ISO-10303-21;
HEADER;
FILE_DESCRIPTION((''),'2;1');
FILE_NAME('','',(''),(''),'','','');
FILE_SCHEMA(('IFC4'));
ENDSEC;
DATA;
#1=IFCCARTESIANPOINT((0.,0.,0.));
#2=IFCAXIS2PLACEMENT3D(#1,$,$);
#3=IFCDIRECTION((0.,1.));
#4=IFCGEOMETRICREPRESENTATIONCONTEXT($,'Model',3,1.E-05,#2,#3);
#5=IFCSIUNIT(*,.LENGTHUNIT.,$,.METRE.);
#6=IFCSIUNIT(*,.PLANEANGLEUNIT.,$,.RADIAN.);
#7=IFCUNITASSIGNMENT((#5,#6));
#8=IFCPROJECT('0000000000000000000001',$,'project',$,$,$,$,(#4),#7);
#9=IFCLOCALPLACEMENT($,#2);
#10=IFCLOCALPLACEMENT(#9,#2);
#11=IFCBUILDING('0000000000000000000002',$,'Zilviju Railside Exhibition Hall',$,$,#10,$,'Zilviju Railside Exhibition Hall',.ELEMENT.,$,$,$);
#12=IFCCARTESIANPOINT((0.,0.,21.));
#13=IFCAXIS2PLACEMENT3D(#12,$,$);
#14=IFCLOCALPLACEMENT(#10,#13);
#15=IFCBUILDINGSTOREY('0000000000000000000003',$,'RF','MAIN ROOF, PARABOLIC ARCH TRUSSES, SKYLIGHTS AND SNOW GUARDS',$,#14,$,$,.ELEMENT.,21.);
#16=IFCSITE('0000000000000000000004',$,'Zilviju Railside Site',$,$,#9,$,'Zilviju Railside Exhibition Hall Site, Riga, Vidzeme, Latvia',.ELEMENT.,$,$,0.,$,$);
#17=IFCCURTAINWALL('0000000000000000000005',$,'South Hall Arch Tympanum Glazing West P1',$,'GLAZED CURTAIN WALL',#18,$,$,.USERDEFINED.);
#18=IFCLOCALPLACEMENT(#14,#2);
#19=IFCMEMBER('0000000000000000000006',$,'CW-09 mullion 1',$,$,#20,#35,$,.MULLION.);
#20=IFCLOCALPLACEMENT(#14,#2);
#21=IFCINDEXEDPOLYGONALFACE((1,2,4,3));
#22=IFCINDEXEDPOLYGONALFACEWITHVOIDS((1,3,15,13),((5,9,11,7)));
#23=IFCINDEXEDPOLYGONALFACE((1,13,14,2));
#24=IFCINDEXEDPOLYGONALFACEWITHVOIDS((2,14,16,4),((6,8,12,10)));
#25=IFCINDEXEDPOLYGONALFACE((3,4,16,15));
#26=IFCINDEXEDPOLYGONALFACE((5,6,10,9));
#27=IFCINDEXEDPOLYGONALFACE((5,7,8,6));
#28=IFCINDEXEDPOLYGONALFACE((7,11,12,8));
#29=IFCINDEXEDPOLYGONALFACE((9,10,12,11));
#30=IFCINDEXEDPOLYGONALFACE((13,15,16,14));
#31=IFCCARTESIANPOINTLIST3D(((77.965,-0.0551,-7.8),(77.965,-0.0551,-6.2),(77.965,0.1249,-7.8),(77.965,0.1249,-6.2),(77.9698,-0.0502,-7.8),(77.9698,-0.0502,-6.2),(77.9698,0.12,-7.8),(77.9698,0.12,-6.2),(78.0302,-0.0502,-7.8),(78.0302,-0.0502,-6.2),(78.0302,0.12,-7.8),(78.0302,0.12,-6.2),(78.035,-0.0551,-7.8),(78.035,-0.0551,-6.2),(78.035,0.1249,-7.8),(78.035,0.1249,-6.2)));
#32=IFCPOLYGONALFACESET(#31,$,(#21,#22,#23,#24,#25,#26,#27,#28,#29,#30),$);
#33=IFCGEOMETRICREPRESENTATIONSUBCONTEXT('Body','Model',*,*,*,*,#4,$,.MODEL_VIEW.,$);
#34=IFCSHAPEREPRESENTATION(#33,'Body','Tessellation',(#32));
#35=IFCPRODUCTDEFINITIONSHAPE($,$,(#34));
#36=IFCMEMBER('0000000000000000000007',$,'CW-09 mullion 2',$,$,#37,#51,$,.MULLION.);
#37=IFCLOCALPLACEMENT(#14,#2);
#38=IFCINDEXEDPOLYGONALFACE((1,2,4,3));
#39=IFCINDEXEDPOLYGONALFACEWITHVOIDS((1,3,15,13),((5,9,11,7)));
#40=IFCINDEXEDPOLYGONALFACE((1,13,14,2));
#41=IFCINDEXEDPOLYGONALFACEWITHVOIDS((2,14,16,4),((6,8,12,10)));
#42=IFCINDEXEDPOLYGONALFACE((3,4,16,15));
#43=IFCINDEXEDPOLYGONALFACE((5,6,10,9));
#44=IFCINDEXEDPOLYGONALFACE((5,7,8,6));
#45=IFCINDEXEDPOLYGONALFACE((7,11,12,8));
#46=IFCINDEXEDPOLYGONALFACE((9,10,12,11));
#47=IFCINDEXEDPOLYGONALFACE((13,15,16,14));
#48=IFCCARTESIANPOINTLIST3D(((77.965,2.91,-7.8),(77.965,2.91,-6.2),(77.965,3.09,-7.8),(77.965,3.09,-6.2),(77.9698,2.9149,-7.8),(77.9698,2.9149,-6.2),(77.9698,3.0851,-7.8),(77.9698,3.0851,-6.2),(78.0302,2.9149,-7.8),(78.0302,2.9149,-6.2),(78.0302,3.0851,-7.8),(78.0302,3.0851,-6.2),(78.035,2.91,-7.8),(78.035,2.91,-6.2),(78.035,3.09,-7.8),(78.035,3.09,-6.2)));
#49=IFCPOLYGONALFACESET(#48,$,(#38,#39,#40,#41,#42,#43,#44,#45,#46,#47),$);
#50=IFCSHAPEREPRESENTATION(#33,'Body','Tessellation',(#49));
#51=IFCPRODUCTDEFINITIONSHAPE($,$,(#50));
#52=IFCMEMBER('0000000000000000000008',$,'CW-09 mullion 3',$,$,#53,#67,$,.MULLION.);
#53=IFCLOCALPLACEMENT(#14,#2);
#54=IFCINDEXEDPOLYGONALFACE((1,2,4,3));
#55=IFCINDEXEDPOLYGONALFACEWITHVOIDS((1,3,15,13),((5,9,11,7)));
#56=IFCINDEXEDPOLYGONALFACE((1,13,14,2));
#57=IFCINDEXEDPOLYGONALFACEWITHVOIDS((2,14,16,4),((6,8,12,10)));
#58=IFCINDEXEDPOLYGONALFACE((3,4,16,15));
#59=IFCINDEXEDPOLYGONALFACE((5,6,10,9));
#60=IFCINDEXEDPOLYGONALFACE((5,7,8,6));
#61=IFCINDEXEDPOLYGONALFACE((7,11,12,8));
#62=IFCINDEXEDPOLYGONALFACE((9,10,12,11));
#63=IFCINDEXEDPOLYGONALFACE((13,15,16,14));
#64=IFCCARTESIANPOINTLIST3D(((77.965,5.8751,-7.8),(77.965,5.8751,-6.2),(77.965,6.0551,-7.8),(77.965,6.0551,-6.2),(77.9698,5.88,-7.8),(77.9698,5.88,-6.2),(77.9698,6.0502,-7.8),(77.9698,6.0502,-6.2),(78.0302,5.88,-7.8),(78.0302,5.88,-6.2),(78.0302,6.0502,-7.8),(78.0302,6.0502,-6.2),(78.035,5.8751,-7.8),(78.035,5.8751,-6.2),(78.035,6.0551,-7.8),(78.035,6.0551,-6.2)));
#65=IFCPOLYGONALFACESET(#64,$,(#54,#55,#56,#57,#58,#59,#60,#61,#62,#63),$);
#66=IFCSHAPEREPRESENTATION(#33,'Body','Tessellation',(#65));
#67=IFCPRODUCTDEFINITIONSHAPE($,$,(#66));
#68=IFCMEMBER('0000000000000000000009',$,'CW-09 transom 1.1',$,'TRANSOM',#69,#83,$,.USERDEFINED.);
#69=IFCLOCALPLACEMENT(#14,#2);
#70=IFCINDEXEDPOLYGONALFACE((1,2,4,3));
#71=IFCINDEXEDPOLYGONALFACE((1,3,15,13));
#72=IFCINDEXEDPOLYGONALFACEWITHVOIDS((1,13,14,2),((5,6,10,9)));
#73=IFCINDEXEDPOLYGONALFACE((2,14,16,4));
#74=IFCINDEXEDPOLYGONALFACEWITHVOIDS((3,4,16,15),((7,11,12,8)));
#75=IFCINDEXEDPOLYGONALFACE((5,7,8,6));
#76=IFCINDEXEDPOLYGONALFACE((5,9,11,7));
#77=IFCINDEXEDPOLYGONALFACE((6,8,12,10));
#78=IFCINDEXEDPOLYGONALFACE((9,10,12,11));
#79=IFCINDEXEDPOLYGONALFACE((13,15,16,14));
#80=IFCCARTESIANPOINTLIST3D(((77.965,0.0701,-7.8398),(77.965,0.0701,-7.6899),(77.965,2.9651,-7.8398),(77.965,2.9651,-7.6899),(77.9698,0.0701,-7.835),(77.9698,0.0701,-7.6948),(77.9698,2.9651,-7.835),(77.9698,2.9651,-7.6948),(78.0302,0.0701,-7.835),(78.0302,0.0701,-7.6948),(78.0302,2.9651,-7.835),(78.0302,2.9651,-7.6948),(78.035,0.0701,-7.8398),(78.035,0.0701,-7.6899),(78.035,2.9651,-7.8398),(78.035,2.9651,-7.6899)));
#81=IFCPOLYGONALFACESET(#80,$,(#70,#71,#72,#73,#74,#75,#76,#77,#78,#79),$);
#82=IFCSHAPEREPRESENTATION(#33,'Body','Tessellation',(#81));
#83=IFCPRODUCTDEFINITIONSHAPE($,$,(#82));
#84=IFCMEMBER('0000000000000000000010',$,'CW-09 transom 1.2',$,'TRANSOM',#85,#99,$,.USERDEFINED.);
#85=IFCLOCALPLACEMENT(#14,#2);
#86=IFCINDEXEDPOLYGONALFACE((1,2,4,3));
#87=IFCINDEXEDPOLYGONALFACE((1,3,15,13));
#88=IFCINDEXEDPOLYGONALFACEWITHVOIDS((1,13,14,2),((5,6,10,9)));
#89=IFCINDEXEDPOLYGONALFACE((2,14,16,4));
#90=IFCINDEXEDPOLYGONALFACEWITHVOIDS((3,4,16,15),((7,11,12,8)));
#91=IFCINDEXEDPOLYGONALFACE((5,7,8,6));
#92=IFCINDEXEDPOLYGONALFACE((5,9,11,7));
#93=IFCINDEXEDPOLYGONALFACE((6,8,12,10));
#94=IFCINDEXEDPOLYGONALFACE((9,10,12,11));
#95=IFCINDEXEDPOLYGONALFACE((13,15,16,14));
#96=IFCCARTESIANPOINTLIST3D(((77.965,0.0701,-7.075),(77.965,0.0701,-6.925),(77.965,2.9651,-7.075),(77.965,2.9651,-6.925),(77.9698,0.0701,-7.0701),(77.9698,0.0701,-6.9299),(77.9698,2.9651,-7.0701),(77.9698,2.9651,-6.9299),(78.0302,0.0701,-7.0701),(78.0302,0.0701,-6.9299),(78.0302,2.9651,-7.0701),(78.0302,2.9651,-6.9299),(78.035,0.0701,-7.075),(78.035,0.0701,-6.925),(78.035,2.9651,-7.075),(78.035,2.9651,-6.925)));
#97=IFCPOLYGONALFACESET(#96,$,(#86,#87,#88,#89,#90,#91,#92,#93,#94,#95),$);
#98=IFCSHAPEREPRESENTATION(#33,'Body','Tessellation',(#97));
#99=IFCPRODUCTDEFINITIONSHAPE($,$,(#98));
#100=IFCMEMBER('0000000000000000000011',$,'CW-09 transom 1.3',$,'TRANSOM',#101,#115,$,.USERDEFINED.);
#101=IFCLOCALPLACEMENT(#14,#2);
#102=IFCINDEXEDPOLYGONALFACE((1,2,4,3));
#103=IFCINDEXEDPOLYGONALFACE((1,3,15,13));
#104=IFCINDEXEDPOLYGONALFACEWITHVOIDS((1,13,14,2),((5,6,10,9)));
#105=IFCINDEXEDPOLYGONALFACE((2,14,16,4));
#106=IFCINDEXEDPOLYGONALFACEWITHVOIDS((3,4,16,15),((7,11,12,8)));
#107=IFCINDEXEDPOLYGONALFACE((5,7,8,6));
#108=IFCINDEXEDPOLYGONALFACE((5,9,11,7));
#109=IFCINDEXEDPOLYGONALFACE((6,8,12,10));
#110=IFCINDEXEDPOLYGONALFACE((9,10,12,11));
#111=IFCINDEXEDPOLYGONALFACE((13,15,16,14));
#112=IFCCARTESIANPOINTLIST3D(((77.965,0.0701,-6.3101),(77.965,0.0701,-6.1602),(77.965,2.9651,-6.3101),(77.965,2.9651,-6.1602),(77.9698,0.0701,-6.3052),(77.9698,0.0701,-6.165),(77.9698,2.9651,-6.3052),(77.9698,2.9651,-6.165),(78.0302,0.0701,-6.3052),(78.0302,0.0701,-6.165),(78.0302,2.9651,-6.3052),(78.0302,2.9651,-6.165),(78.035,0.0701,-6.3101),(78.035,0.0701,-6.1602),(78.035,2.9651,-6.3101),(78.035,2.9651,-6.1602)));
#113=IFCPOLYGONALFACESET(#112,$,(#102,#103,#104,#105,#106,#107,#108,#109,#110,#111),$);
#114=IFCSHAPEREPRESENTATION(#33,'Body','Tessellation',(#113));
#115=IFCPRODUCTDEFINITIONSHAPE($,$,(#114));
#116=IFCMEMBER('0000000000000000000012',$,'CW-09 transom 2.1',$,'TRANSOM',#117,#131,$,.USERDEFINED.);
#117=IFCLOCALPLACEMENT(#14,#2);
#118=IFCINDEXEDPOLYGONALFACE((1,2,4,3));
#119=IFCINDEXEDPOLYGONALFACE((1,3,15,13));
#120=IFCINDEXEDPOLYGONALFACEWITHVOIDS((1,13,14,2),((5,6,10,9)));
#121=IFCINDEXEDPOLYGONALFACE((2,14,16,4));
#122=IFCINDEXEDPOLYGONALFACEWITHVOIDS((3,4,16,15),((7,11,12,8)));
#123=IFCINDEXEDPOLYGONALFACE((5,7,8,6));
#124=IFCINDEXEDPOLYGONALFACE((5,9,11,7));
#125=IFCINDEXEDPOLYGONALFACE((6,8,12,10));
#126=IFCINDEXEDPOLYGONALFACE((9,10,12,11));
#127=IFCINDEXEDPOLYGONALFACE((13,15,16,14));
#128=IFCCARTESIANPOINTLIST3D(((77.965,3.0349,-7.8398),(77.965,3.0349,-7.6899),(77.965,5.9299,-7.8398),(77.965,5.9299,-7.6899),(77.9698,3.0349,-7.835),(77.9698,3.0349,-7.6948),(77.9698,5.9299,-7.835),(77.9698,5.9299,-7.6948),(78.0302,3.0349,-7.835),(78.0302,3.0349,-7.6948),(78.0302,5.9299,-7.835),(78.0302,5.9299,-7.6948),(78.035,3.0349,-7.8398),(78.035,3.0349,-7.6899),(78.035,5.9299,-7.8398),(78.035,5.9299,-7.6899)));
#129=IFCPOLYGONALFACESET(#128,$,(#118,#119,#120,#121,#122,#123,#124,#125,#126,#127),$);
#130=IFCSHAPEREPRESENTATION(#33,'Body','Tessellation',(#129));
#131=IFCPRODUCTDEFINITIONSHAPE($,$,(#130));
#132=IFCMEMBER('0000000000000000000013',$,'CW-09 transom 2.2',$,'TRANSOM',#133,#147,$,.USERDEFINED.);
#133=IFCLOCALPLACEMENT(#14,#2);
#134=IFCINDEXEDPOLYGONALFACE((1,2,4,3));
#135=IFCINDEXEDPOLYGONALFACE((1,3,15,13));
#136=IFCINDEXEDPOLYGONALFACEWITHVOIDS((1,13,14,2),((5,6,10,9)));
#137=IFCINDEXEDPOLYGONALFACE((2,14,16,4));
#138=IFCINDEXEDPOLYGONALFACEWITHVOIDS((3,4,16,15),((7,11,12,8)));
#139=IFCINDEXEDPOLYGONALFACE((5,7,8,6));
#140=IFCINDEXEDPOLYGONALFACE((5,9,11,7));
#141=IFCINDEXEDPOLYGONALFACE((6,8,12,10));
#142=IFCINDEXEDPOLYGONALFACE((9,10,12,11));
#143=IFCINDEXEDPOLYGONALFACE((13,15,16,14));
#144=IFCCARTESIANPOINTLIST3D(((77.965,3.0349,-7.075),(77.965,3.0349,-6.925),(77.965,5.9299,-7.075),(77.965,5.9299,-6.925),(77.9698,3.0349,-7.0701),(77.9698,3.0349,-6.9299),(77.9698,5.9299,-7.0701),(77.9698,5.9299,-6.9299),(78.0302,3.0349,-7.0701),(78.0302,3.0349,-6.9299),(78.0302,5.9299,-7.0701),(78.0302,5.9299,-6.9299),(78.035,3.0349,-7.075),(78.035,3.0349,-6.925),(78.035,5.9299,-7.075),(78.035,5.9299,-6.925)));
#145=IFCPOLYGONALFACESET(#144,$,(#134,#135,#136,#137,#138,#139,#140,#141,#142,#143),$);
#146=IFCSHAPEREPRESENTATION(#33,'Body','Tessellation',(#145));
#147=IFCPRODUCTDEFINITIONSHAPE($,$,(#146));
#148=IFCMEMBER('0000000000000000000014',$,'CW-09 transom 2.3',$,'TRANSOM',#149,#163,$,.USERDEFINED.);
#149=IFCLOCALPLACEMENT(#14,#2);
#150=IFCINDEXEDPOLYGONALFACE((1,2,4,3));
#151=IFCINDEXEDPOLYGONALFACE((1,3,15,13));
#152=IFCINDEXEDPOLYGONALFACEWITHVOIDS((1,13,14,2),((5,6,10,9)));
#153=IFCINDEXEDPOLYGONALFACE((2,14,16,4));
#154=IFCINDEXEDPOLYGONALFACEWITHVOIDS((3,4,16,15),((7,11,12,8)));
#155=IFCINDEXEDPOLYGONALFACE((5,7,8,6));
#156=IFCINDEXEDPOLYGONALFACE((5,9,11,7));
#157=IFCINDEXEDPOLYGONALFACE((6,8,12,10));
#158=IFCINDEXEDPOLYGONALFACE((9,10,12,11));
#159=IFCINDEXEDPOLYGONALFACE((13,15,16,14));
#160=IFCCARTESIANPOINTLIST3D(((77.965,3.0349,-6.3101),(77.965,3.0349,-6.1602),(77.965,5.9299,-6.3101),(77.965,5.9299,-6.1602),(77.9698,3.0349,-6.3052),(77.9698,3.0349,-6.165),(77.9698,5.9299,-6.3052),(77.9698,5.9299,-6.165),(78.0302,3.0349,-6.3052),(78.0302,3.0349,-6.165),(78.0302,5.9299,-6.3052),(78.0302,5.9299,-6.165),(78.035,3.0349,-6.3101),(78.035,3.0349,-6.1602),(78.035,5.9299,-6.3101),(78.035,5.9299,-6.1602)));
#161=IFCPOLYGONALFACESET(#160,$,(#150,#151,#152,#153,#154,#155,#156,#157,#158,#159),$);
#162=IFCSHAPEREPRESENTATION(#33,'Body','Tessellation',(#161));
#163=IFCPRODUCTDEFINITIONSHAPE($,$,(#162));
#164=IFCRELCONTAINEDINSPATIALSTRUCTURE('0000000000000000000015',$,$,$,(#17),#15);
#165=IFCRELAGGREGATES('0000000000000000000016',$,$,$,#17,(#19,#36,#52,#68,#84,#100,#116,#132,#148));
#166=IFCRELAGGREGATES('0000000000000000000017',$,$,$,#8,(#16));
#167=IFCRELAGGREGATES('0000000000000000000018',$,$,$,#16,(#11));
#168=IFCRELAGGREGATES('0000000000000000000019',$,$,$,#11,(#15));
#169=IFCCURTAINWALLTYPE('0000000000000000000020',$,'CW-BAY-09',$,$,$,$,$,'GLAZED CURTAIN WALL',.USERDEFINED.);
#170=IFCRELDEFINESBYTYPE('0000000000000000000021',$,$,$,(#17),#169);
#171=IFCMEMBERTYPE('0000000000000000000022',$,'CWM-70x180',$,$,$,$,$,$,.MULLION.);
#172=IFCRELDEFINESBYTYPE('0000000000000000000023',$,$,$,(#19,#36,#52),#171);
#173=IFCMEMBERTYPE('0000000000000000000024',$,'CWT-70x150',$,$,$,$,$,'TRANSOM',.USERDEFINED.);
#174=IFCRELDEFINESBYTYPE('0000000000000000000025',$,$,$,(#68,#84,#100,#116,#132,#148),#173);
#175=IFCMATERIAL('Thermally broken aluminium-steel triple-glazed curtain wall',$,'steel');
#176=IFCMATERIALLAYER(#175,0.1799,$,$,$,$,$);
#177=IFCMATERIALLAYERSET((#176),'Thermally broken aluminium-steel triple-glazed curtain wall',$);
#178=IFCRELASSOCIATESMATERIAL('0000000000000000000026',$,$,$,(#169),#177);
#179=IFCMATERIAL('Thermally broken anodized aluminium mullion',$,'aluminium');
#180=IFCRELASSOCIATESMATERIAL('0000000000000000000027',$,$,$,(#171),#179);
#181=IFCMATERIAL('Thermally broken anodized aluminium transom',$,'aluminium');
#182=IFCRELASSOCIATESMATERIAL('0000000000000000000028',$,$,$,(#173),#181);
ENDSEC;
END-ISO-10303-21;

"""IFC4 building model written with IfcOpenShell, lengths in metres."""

from ifc_helpers import new_model, si_unit, direction, frame, origin, origin_2d, place, context, subcontext, project, spatial, hollow_rectangle, extrude, material, layer, layer_set, material_profile, profile_set, type_object, element, aggregate, save


model = new_model("IFC4")

# Units and contexts
model_context = context("Model", 3, precision=1e-05, world=origin(), true_north=direction((0.0, 1.0)))
body_context = subcontext(model_context, "Body", "Model", "MODEL_VIEW")
ifc_project = project(units=[si_unit("LENGTHUNIT", "METRE"), si_unit("PLANEANGLEUNIT", "RADIAN")], contexts=[model_context])

# Site, building, storey
site_placement = place(None, origin())
site = spatial("IfcSite", under=ifc_project, at=site_placement, Name="Zilviju Railside Site", LongName="Zilviju Railside Exhibition Hall Site, Riga, Vidzeme, Latvia", CompositionType="ELEMENT", RefElevation=0.0)
building_placement = place(site_placement, origin())
building = spatial("IfcBuilding", under=site, at=building_placement, Name="Zilviju Railside Exhibition Hall", LongName="Zilviju Railside Exhibition Hall", CompositionType="ELEMENT")
storey_placement = place(building_placement, frame((0.0, 0.0, 21.0)))
storey = spatial("IfcBuildingStorey", under=building, at=storey_placement, Name="RF", Description="MAIN ROOF, PARABOLIC ARCH TRUSSES, SKYLIGHTS AND SNOW GUARDS", CompositionType="ELEMENT", Elevation=21.0)

# Curtain wall, members
ifc_material_1 = material(Name="Thermally broken aluminium-steel triple-glazed curtain wall", Category="steel")
ifc_layer_1 = layer(ifc_material_1, 0.1799)
ifc_layer_set_1 = layer_set([ifc_layer_1], Name="Thermally broken aluminium-steel triple-glazed curtain wall")
curtain_wall_type = type_object("IfcCurtainWallType", Name="CW-BAY-09", ElementType="GLAZED CURTAIN WALL", PredefinedType="USERDEFINED", material=ifc_layer_set_1)
curtain_wall_placement = place(storey_placement, origin())
curtain_wall = element("IfcCurtainWall", 1, at=curtain_wall_placement, inside=storey, type_object=curtain_wall_type, Name="South Hall Arch Tympanum Glazing West P1", ObjectType="GLAZED CURTAIN WALL", PredefinedType="USERDEFINED")
ifc_material_2 = material(Name="Thermally broken anodized aluminium mullion", Category="aluminium")
ifc_material_profile_1 = material_profile(ifc_material_2, hollow_rectangle(XDim=0.0701, YDim=0.1799, WallThickness=0.0049, at=origin_2d()), Name="MULLION 180x70x5")
ifc_profile_set_1 = profile_set([ifc_material_profile_1], Name="Thermally broken anodized aluminium mullion")
member_type_1 = type_object("IfcMemberType", Name="CWM-70x180", PredefinedType="MULLION", material=ifc_profile_set_1)
member_1_placement = place(storey_placement, frame((78.0, 0.0349, -7.8), z_axis=(0.0, 0.0, 1.0), x_axis=(-1.0, 0.0, 0.0)))
member_1 = element("IfcMember", 2, at=member_1_placement, type_object=member_type_1, Name="CW-09 mullion 1", PredefinedType="MULLION", context=body_context, shape_type="SweptSolid", body=[
    extrude(hollow_rectangle(XDim=0.0701, YDim=0.1799, WallThickness=0.0049, at=origin_2d()), origin(), (0.0, 0.0, 1.0), 1.6001),
])
member_2_placement = place(storey_placement, frame((78.0, 3.0, -7.8), z_axis=(0.0, 0.0, 1.0), x_axis=(-1.0, 0.0, 0.0)))
member_2 = element("IfcMember", 3, at=member_2_placement, type_object=member_type_1, Name="CW-09 mullion 2", PredefinedType="MULLION", context=body_context, shape_type="SweptSolid", body=[
    extrude(hollow_rectangle(XDim=0.0701, YDim=0.1799, WallThickness=0.0049, at=origin_2d()), origin(), (0.0, 0.0, 1.0), 1.6001),
])
member_3_placement = place(storey_placement, frame((78.0, 5.9651, -7.8), z_axis=(0.0, 0.0, 1.0), x_axis=(-1.0, 0.0, 0.0)))
member_3 = element("IfcMember", 4, at=member_3_placement, type_object=member_type_1, Name="CW-09 mullion 3", PredefinedType="MULLION", context=body_context, shape_type="SweptSolid", body=[
    extrude(hollow_rectangle(XDim=0.0701, YDim=0.1799, WallThickness=0.0049, at=origin_2d()), origin(), (0.0, 0.0, 1.0), 1.6001),
])
ifc_material_3 = material(Name="Thermally broken anodized aluminium transom", Category="aluminium")
ifc_material_profile_2 = material_profile(ifc_material_3, hollow_rectangle(XDim=0.0701, YDim=0.1499, WallThickness=0.0049, at=origin_2d()), Name="TRANSOM 150x70x5")
ifc_profile_set_2 = profile_set([ifc_material_profile_2], Name="Thermally broken anodized aluminium transom")
member_type_2 = type_object("IfcMemberType", Name="CWT-70x150", ElementType="TRANSOM", PredefinedType="USERDEFINED", material=ifc_profile_set_2)
member_4_placement = place(storey_placement, frame((78.0, 0.0701, -7.7649), z_axis=(0.0, 1.0, 0.0), x_axis=(-1.0, 0.0, 0.0)))
member_4 = element("IfcMember", 5, at=member_4_placement, type_object=member_type_2, Name="CW-09 transom 1.1", ObjectType="TRANSOM", PredefinedType="USERDEFINED", context=body_context, shape_type="SweptSolid", body=[
    extrude(hollow_rectangle(XDim=0.0701, YDim=0.1499, WallThickness=0.0049, at=origin_2d()), origin(), (0.0, 0.0, 1.0), 2.895),
])
member_5_placement = place(storey_placement, frame((78.0, 0.0701, -7.0), z_axis=(0.0, 1.0, 0.0), x_axis=(-1.0, 0.0, 0.0)))
member_5 = element("IfcMember", 6, at=member_5_placement, type_object=member_type_2, Name="CW-09 transom 1.2", ObjectType="TRANSOM", PredefinedType="USERDEFINED", context=body_context, shape_type="SweptSolid", body=[
    extrude(hollow_rectangle(XDim=0.0701, YDim=0.1499, WallThickness=0.0049, at=origin_2d()), origin(), (0.0, 0.0, 1.0), 2.895),
])
member_6_placement = place(storey_placement, frame((78.0, 0.0701, -6.2351), z_axis=(0.0, 1.0, 0.0), x_axis=(-1.0, 0.0, 0.0)))
member_6 = element("IfcMember", 7, at=member_6_placement, type_object=member_type_2, Name="CW-09 transom 1.3", ObjectType="TRANSOM", PredefinedType="USERDEFINED", context=body_context, shape_type="SweptSolid", body=[
    extrude(hollow_rectangle(XDim=0.0701, YDim=0.1499, WallThickness=0.0049, at=origin_2d()), origin(), (0.0, 0.0, 1.0), 2.895),
])
member_7_placement = place(storey_placement, frame((78.0, 3.0349, -7.7649), z_axis=(0.0, 1.0, 0.0), x_axis=(-1.0, 0.0, 0.0)))
member_7 = element("IfcMember", 8, at=member_7_placement, type_object=member_type_2, Name="CW-09 transom 2.1", ObjectType="TRANSOM", PredefinedType="USERDEFINED", context=body_context, shape_type="SweptSolid", body=[
    extrude(hollow_rectangle(XDim=0.0701, YDim=0.1499, WallThickness=0.0049, at=origin_2d()), origin(), (0.0, 0.0, 1.0), 2.895),
])
member_8_placement = place(storey_placement, frame((78.0, 3.0349, -7.0), z_axis=(0.0, 1.0, 0.0), x_axis=(-1.0, 0.0, 0.0)))
member_8 = element("IfcMember", 9, at=member_8_placement, type_object=member_type_2, Name="CW-09 transom 2.2", ObjectType="TRANSOM", PredefinedType="USERDEFINED", context=body_context, shape_type="SweptSolid", body=[
    extrude(hollow_rectangle(XDim=0.0701, YDim=0.1499, WallThickness=0.0049, at=origin_2d()), origin(), (0.0, 0.0, 1.0), 2.895),
])
member_9_placement = place(storey_placement, frame((78.0, 3.0349, -6.2351), z_axis=(0.0, 1.0, 0.0), x_axis=(-1.0, 0.0, 0.0)))
member_9 = element("IfcMember", 10, at=member_9_placement, type_object=member_type_2, Name="CW-09 transom 2.3", ObjectType="TRANSOM", PredefinedType="USERDEFINED", context=body_context, shape_type="SweptSolid", body=[
    extrude(hollow_rectangle(XDim=0.0701, YDim=0.1499, WallThickness=0.0049, at=origin_2d()), origin(), (0.0, 0.0, 1.0), 2.895),
])

aggregate(curtain_wall, [member_1, member_2, member_3, member_4, member_5, member_6, member_7, member_8, member_9])

save(model, "model.ifc")
